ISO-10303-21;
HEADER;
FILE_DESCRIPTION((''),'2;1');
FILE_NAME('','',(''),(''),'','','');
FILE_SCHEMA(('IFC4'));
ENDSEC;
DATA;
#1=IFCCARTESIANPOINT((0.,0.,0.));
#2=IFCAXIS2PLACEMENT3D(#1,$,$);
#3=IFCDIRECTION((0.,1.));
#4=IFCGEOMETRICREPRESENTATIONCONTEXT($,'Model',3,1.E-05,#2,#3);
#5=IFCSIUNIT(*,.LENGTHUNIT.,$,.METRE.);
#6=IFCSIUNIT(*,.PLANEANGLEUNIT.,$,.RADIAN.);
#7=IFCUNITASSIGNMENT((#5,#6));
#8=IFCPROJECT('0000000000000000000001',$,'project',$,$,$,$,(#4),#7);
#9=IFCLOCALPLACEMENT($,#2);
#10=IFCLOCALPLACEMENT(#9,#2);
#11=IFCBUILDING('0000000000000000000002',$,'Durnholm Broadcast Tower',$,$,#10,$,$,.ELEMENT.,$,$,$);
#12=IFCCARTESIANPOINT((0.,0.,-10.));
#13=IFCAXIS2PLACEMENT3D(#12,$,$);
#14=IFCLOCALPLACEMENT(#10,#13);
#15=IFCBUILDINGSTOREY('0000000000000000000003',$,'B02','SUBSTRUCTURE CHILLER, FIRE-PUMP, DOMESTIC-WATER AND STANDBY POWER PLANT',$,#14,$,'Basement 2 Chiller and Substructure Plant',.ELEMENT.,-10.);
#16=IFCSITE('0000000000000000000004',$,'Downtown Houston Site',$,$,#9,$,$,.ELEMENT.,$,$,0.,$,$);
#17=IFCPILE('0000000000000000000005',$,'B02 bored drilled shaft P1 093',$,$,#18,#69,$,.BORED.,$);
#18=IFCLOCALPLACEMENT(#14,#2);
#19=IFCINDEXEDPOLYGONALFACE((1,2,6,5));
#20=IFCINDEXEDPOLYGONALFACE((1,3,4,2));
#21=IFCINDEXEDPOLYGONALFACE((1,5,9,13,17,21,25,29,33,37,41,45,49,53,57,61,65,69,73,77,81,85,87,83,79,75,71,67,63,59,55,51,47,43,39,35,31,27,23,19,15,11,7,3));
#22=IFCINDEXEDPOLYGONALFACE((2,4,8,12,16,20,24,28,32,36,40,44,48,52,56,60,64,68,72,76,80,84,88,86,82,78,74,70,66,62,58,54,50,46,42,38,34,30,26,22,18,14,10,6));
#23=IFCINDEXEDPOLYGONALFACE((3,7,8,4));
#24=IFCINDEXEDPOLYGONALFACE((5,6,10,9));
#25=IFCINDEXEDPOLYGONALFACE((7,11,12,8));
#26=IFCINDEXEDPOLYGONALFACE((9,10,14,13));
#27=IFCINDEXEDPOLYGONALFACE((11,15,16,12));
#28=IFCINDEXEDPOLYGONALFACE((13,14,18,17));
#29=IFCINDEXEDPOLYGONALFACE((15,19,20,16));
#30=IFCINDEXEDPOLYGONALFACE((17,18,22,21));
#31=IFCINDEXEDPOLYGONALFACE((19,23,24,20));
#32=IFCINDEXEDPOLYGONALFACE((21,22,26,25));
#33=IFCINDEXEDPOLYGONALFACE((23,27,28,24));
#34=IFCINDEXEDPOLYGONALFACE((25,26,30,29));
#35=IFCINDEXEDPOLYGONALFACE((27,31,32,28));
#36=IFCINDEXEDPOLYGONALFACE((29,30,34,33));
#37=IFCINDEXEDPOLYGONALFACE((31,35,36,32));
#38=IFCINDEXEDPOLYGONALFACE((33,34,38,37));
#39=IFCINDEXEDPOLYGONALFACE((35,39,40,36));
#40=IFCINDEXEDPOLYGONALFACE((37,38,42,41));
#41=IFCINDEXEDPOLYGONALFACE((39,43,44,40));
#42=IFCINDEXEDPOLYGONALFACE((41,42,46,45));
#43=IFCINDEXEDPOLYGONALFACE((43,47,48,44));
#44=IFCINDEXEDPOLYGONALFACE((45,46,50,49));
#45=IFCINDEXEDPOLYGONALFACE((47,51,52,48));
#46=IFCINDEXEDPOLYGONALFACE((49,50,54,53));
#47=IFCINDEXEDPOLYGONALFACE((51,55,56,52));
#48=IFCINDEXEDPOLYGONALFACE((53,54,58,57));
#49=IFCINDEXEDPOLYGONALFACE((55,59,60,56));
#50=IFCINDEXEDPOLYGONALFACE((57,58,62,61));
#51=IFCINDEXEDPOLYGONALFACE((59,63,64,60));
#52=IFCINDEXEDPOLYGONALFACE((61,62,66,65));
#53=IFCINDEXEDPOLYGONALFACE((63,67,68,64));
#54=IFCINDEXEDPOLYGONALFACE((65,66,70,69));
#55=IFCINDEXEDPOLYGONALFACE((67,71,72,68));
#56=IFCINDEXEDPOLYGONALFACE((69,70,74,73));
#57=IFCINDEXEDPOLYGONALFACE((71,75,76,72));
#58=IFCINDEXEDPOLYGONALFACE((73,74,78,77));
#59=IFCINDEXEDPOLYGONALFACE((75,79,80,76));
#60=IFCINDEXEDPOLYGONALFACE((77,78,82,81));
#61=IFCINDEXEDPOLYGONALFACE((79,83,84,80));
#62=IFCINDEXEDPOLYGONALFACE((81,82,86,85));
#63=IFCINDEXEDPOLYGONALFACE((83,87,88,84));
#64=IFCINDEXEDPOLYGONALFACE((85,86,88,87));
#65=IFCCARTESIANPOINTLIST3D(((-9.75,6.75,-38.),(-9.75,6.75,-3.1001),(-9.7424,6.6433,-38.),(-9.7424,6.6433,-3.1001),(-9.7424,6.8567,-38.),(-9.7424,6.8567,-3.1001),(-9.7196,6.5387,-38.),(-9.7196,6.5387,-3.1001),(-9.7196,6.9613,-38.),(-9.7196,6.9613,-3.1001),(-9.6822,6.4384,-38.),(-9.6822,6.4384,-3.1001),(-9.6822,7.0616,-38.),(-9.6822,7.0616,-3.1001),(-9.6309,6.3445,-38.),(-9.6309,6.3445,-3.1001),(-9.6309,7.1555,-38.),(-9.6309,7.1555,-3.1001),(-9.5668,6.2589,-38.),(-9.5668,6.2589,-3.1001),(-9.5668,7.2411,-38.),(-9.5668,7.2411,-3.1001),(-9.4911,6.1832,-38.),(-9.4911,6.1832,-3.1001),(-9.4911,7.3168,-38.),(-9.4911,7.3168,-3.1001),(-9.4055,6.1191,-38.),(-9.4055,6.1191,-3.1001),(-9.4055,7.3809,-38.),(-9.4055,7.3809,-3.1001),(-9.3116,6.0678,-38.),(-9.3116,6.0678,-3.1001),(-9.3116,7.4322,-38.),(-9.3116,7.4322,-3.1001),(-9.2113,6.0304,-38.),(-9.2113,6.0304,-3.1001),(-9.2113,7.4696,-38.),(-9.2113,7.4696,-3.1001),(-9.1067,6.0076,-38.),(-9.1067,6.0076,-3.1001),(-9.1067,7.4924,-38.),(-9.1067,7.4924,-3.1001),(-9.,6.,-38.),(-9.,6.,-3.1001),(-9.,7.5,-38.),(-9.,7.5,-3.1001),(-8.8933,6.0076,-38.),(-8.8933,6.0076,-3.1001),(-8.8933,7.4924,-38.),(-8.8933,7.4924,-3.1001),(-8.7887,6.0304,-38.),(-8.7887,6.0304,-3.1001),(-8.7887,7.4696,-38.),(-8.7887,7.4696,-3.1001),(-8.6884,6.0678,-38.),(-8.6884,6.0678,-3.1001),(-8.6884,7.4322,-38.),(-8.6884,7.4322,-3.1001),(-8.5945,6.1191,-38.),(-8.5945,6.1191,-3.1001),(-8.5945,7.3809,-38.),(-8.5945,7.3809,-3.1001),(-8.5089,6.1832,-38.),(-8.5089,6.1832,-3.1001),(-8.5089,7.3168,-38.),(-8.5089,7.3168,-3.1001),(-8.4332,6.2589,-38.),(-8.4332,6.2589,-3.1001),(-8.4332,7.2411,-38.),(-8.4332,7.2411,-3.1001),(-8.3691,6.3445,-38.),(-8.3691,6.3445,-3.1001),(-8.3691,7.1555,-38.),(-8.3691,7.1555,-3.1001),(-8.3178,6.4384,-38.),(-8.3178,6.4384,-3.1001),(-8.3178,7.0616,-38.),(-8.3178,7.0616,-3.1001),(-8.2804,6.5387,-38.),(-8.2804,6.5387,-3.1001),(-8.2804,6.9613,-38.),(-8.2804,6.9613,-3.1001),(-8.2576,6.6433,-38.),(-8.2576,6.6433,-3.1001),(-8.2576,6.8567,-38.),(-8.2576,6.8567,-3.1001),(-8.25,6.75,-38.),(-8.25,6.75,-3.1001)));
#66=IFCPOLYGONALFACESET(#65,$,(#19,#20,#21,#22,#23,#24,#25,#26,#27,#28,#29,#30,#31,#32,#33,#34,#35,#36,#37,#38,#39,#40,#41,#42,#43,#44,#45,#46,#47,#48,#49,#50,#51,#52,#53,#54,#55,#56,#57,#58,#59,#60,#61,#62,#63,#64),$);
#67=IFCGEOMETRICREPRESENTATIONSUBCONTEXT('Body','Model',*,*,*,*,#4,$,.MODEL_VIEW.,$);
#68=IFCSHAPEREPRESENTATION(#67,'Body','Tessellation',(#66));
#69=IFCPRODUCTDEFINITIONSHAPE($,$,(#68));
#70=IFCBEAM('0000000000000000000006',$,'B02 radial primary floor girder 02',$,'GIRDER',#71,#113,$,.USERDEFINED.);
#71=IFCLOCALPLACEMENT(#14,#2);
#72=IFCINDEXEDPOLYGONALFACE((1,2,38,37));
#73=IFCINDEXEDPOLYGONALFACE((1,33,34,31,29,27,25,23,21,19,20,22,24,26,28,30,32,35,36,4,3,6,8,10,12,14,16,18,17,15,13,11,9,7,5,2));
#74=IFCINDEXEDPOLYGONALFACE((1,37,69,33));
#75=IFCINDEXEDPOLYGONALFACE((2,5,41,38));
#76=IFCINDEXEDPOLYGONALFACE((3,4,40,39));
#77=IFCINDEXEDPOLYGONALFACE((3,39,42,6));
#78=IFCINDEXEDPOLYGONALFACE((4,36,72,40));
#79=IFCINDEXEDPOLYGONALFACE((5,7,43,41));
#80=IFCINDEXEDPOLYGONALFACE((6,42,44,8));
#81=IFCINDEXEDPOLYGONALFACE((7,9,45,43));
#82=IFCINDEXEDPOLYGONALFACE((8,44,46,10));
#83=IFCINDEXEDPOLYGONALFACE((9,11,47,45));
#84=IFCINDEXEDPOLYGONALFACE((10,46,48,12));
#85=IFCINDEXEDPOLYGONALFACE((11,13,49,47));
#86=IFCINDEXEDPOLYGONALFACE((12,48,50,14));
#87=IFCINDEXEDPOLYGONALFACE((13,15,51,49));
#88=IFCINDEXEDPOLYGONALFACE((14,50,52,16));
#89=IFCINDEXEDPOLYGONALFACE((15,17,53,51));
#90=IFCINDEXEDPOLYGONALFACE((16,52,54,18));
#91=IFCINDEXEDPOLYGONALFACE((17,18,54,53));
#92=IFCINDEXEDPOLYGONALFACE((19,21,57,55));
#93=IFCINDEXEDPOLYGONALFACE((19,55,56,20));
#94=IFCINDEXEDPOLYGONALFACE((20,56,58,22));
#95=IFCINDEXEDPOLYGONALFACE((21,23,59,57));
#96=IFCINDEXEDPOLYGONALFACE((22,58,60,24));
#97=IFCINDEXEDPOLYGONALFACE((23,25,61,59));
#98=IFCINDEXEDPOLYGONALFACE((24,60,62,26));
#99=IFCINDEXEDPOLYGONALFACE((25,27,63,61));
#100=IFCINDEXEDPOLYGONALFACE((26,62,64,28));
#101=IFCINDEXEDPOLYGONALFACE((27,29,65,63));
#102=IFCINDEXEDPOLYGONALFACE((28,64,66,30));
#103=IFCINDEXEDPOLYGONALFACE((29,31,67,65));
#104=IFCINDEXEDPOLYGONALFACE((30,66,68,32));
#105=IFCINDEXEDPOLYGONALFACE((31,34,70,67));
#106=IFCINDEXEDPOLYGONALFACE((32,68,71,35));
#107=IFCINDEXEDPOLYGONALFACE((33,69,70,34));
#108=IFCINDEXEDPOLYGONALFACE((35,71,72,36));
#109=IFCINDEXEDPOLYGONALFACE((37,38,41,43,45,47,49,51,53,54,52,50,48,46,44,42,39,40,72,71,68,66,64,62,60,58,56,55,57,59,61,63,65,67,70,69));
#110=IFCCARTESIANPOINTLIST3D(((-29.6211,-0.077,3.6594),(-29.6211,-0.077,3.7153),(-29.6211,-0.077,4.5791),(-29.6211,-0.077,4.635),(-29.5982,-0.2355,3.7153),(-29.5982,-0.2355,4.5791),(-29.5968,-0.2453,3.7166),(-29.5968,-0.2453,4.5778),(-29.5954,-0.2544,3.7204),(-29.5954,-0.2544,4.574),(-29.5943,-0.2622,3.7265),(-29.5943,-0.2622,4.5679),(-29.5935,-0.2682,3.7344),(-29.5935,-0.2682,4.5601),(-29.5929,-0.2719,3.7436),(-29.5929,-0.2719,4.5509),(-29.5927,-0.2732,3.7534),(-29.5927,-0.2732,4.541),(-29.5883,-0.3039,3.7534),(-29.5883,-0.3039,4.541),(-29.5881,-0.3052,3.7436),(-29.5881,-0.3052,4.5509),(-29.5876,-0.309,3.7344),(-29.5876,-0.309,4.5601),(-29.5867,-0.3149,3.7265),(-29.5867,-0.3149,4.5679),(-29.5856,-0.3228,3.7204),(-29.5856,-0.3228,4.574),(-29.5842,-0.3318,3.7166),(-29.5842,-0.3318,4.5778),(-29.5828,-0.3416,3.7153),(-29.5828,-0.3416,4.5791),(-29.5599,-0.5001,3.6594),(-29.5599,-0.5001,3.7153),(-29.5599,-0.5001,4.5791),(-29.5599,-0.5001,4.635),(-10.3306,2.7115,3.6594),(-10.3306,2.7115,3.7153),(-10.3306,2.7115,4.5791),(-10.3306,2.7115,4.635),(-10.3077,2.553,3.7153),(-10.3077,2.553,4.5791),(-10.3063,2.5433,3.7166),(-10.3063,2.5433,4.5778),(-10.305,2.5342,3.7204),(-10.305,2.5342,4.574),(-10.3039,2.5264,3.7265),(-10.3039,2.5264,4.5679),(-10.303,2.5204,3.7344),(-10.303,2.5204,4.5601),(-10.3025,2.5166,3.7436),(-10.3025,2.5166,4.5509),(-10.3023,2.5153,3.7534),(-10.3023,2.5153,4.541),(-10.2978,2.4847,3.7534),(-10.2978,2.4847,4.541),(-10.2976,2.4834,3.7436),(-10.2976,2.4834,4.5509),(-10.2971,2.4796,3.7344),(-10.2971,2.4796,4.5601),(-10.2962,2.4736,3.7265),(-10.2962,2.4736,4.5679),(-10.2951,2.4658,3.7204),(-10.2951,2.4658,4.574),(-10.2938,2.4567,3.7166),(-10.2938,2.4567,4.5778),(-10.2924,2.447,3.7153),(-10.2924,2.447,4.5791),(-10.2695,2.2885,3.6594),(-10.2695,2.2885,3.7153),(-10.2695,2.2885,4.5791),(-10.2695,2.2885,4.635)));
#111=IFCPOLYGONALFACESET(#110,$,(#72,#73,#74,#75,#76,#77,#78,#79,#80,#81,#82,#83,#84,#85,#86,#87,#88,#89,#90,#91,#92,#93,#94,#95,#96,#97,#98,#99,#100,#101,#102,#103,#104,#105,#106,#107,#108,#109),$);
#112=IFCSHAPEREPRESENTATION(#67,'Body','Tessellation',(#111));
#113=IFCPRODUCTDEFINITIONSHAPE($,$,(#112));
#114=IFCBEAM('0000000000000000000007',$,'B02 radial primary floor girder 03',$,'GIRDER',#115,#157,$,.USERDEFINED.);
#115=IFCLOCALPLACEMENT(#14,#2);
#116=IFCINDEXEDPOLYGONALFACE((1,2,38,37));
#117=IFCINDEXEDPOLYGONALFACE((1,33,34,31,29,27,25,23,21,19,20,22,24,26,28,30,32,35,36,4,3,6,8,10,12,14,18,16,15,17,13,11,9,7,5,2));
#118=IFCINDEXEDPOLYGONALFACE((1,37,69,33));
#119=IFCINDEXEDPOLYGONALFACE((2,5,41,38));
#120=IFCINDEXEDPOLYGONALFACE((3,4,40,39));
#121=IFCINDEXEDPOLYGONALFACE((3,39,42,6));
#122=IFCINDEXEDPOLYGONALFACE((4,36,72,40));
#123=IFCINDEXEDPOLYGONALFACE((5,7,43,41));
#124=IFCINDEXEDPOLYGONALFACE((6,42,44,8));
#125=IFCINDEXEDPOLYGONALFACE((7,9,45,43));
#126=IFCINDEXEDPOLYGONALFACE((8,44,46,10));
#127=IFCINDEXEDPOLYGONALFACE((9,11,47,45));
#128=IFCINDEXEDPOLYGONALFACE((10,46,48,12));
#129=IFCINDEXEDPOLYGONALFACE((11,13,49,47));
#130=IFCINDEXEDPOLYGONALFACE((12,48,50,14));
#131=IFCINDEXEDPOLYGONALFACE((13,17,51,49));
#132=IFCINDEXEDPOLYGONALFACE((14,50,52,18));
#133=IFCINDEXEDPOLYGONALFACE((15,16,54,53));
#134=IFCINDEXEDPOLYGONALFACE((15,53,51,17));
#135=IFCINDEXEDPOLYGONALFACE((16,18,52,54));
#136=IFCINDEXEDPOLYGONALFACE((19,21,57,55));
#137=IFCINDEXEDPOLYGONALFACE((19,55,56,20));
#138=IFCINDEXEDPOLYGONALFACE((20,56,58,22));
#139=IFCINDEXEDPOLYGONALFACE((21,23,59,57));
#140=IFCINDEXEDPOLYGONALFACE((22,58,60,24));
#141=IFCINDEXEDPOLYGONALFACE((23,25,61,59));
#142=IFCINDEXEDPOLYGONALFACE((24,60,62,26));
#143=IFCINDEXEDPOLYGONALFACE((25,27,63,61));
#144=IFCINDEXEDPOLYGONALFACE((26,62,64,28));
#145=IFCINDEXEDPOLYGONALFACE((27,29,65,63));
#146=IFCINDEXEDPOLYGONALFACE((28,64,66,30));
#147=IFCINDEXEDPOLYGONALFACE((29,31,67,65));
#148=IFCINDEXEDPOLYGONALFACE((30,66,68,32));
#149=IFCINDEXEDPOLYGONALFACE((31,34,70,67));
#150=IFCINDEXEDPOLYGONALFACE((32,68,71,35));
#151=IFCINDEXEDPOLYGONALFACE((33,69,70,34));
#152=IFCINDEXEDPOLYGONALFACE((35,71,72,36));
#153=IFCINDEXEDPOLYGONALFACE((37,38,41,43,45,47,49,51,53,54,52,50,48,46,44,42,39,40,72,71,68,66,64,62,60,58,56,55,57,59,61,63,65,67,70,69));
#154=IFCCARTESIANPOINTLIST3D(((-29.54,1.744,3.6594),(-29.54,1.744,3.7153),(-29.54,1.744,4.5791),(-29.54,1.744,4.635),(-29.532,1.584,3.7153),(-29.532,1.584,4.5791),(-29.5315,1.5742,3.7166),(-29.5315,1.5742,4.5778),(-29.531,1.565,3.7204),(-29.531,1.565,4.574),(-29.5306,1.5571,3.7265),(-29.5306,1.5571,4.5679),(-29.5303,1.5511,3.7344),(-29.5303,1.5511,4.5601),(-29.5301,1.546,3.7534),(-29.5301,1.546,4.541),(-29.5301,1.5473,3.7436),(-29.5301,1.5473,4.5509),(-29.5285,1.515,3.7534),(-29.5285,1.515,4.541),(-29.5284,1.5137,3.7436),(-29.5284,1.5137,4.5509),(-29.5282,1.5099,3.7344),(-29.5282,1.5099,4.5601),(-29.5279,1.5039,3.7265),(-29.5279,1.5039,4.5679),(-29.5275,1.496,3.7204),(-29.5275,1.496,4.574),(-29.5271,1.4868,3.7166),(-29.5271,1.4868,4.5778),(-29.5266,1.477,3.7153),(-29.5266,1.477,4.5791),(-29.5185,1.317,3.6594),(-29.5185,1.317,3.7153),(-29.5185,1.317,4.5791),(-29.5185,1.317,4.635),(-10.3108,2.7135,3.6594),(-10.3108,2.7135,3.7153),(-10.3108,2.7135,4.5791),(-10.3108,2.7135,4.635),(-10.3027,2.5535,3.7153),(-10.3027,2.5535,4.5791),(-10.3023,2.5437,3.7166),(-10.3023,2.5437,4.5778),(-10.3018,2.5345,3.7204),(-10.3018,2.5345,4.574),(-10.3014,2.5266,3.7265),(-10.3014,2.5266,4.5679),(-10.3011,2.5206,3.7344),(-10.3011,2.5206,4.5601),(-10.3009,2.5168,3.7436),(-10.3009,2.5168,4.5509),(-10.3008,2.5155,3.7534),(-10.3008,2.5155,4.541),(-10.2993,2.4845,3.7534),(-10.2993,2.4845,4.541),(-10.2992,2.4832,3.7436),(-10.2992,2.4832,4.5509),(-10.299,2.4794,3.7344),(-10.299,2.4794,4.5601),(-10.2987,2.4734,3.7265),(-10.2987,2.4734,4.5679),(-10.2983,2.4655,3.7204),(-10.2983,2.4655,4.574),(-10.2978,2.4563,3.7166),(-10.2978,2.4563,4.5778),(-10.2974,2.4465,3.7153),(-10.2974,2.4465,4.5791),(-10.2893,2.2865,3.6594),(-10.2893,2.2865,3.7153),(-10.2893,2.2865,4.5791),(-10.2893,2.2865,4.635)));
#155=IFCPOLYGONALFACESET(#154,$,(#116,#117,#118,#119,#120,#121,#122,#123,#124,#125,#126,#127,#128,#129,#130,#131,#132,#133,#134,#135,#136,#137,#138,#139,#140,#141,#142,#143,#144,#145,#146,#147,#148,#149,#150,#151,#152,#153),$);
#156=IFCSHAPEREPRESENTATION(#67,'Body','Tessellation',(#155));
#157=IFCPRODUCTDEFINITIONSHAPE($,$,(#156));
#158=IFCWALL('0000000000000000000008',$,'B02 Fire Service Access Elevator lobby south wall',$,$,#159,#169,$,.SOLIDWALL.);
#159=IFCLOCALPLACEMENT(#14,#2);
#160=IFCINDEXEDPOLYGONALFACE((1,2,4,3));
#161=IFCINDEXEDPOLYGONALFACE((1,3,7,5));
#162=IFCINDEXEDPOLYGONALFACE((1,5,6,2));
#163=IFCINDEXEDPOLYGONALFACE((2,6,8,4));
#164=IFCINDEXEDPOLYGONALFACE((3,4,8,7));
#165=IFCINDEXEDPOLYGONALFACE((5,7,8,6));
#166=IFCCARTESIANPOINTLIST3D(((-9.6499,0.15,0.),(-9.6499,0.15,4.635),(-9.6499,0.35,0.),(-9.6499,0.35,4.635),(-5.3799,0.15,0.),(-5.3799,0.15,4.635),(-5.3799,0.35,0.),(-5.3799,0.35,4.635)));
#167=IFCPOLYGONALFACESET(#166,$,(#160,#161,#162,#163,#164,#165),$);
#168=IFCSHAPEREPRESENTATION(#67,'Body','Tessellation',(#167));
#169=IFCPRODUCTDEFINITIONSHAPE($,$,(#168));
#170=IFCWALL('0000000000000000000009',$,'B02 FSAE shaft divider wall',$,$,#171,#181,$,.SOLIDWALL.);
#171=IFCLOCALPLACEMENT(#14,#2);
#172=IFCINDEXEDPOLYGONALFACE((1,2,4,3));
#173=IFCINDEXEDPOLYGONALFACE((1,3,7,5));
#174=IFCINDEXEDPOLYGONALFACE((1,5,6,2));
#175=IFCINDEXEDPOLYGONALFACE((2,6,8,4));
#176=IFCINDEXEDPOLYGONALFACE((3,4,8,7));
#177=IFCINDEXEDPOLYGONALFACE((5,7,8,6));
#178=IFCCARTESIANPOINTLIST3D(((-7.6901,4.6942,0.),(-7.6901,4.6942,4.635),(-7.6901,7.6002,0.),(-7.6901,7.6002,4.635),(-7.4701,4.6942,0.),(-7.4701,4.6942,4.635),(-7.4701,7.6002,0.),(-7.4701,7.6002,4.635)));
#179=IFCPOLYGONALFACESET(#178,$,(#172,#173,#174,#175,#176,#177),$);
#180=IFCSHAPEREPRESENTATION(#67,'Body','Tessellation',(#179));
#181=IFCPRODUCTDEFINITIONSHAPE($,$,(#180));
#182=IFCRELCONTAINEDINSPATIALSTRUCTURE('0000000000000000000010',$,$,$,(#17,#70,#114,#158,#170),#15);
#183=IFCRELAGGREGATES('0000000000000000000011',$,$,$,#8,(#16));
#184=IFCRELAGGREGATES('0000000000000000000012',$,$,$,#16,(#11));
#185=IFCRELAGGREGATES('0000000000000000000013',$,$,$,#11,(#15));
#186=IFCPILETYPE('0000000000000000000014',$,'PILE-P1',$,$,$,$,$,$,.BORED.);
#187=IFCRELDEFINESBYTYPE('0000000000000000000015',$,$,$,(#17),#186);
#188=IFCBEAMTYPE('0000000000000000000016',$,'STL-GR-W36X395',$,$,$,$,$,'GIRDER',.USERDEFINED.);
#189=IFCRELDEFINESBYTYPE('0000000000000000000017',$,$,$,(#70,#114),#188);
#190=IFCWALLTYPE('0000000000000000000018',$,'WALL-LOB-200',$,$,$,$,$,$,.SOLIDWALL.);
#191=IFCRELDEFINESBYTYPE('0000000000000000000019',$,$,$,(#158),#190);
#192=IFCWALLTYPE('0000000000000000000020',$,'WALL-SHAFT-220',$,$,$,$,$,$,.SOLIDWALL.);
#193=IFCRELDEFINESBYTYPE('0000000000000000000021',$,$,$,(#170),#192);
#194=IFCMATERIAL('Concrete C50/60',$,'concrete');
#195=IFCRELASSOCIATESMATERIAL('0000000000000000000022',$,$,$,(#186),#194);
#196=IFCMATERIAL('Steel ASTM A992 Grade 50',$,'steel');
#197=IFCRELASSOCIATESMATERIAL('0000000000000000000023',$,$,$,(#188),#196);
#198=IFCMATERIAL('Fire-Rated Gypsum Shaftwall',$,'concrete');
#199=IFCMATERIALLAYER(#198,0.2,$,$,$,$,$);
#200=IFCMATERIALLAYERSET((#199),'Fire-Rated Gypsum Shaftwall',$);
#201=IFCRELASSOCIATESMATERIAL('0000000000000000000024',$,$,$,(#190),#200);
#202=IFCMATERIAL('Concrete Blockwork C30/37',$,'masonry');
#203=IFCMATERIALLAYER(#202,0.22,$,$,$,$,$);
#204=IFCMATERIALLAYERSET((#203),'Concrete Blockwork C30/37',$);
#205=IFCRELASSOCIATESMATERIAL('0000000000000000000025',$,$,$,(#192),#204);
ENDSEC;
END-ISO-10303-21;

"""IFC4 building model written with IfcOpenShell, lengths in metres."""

from ifc_helpers import new_model, si_unit, direction, frame, frame_2d, origin, origin_2d, place, context, subcontext, project, spatial, rectangle, circle, i_section, extrude, source, transform, mapped, material, layer, layer_set, material_profile, profile_set, type_object, type_shapes, element, save


model = new_model("IFC4")

# Units and contexts
model_context = context("Model", 3, precision=1e-05, world=origin(), true_north=direction((0.0, 1.0)))
body_context = subcontext(model_context, "Body", "Model", "MODEL_VIEW")
ifc_project = project(units=[si_unit("LENGTHUNIT", "METRE"), si_unit("PLANEANGLEUNIT", "RADIAN")], contexts=[model_context])

# Site, building, storey
site_placement = place(None, origin())
site = spatial("IfcSite", under=ifc_project, at=site_placement, Name="Downtown Houston Site", CompositionType="ELEMENT", RefElevation=0.0)
building_placement = place(site_placement, origin())
building = spatial("IfcBuilding", under=site, at=building_placement, Name="Durnholm Broadcast Tower", CompositionType="ELEMENT")
storey_placement = place(building_placement, frame((0.0, 0.0, -10.0)))
storey = spatial("IfcBuildingStorey", under=building, at=storey_placement, Name="B02", Description="SUBSTRUCTURE CHILLER, FIRE-PUMP, DOMESTIC-WATER AND STANDBY POWER PLANT", LongName="Basement 2 Chiller and Substructure Plant", CompositionType="ELEMENT", Elevation=-10.0)

# Shared definitions
ifc_material_1 = material(Name="Concrete C50/60", Category="concrete")

# Pile
ifc_material_profile_1 = material_profile(ifc_material_1, circle(Radius=0.75, at=origin_2d()), Name="PILE1500")
ifc_profile_set_1 = profile_set([ifc_material_profile_1], Name="Concrete C50/60")
pile_type = type_object("IfcPileType", Name="PILE-P1", PredefinedType="BORED", material=ifc_profile_set_1)
shared_shape_1 = source(origin(), body_context, "Body", "SweptSolid", [
    extrude(circle(Radius=0.75, at=origin_2d()), origin(), (0.0, 0.0, 1.0), 34.8999),
])
type_shapes(pile_type, [shared_shape_1])
for number, where, z_axis, x_axis, name in (
    (1, (-9.0, 6.75, -3.1001), (0.0, 0.0, -1.0), (1.0, 0.0, 0.0), "B02 bored drilled shaft P1 093"),
):
    element("IfcPile", number, at=place(storey_placement, frame(where, z_axis=z_axis, x_axis=x_axis)), inside=storey, type_object=pile_type, Name=name, PredefinedType="BORED", context=body_context, shape_type="MappedRepresentation", body=[
        mapped(shared_shape_1, transform((0.0, 0.0, 0.0), x_axis=(1.0, 0.0, 0.0), y_axis=(0.0, 1.0, 0.0), z_axis=(0.0, 0.0, 1.0), scale=1.0)),
    ])

# Beams
ifc_material_2 = material(Name="Steel ASTM A992 Grade 50", Category="steel")
ifc_material_profile_2 = material_profile(ifc_material_2, i_section(OverallWidth=0.4275, OverallDepth=0.9756, WebThickness=0.031, FlangeThickness=0.0559, FilletRadius=0.0381, at=origin_2d()), Name="W36X395")
ifc_profile_set_2 = profile_set([ifc_material_profile_2], Name="Steel ASTM A992 Grade 50")
beam_type = type_object("IfcBeamType", Name="STL-GR-W36X395", ElementType="GIRDER", PredefinedType="USERDEFINED", material=ifc_profile_set_2)
shared_shape_2 = source(origin(), body_context, "Body", "SweptSolid", [
    extrude(i_section(OverallWidth=0.4275, OverallDepth=0.9756, WebThickness=0.031, FlangeThickness=0.0559, FilletRadius=0.0381, at=origin_2d()), origin(), (0.0, 0.0, 1.0), 19.491),
])
beam_1_placement = place(storey_placement, frame((-10.3, 2.5, 4.1472), z_axis=(-0.989713, -0.14307, 0.0), x_axis=(0.14307, -0.989713, 0.0)))
element("IfcBeam", 2, at=beam_1_placement, inside=storey, type_object=beam_type, Name="B02 radial primary floor girder 02", ObjectType="GIRDER", PredefinedType="USERDEFINED", context=body_context, shape_type="MappedRepresentation", body=[
    mapped(shared_shape_2, transform((0.0, 0.0, 0.0), x_axis=(1.0, 0.0, 0.0), y_axis=(0.0, 1.0, 0.0), z_axis=(0.0, 0.0, 1.0), scale=1.0)),
])
shared_shape_3 = source(origin(), body_context, "Body", "SweptSolid", [
    extrude(i_section(OverallWidth=0.4275, OverallDepth=0.9756, WebThickness=0.031, FlangeThickness=0.0559, FilletRadius=0.0381, at=origin_2d()), origin(), (0.0, 0.0, 1.0), 19.2537),
])
type_shapes(beam_type, [shared_shape_2, shared_shape_3])
beam_2_placement = place(storey_placement, frame((-10.3, 2.5, 4.1472), z_axis=(-0.998731, -0.050353, 0.0), x_axis=(0.050353, -0.998731, 0.0)))
element("IfcBeam", 3, at=beam_2_placement, inside=storey, type_object=beam_type, Name="B02 radial primary floor girder 03", ObjectType="GIRDER", PredefinedType="USERDEFINED", context=body_context, shape_type="MappedRepresentation", body=[
    mapped(shared_shape_3, transform((0.0, 0.0, 0.0), x_axis=(1.0, 0.0, 0.0), y_axis=(0.0, 1.0, 0.0), z_axis=(0.0, 0.0, 1.0), scale=1.0)),
])

# Wall
ifc_material_3 = material(Name="Fire-Rated Gypsum Shaftwall", Category="concrete")
ifc_layer_1 = layer(ifc_material_3, 0.2)
ifc_layer_set_1 = layer_set([ifc_layer_1], Name="Fire-Rated Gypsum Shaftwall")
wall_type_1 = type_object("IfcWallType", Name="WALL-LOB-200", PredefinedType="SOLIDWALL", material=ifc_layer_set_1)
wall_1_placement = place(storey_placement, frame((-9.6499, 0.25, 0.0), z_axis=(0.0, 0.0, 1.0), x_axis=(1.0, 0.0, 0.0)))
element("IfcWall", 4, at=wall_1_placement, inside=storey, type_object=wall_type_1, Name="B02 Fire Service Access Elevator lobby south wall", PredefinedType="SOLIDWALL", context=body_context, shape_type="SweptSolid", body=[
    extrude(rectangle(XDim=4.27, YDim=0.2, at=frame_2d((2.135, 0.0))), origin(), (0.0, 0.0, 1.0), 4.635),
])

# Shared definitions
ifc_material_4 = material(Name="Concrete Blockwork C30/37", Category="masonry")
ifc_layer_2 = layer(ifc_material_4, 0.22)
ifc_layer_set_2 = layer_set([ifc_layer_2], Name="Concrete Blockwork C30/37")
wall_type_2 = type_object("IfcWallType", Name="WALL-SHAFT-220", PredefinedType="SOLIDWALL", material=ifc_layer_set_2)

# Wall
wall_2_placement = place(storey_placement, frame((-7.5801, 4.6941, 0.0), z_axis=(0.0, 0.0, 1.0), x_axis=(0.0, 1.0, 0.0)))
element("IfcWall", 5, at=wall_2_placement, inside=storey, type_object=wall_type_2, Name="B02 FSAE shaft divider wall", PredefinedType="SOLIDWALL", context=body_context, shape_type="SweptSolid", body=[
    extrude(rectangle(XDim=2.906, YDim=0.22, at=frame_2d((1.4531, 0.0))), origin(), (0.0, 0.0, 1.0), 4.635),
])

save(model, "model.ifc")
